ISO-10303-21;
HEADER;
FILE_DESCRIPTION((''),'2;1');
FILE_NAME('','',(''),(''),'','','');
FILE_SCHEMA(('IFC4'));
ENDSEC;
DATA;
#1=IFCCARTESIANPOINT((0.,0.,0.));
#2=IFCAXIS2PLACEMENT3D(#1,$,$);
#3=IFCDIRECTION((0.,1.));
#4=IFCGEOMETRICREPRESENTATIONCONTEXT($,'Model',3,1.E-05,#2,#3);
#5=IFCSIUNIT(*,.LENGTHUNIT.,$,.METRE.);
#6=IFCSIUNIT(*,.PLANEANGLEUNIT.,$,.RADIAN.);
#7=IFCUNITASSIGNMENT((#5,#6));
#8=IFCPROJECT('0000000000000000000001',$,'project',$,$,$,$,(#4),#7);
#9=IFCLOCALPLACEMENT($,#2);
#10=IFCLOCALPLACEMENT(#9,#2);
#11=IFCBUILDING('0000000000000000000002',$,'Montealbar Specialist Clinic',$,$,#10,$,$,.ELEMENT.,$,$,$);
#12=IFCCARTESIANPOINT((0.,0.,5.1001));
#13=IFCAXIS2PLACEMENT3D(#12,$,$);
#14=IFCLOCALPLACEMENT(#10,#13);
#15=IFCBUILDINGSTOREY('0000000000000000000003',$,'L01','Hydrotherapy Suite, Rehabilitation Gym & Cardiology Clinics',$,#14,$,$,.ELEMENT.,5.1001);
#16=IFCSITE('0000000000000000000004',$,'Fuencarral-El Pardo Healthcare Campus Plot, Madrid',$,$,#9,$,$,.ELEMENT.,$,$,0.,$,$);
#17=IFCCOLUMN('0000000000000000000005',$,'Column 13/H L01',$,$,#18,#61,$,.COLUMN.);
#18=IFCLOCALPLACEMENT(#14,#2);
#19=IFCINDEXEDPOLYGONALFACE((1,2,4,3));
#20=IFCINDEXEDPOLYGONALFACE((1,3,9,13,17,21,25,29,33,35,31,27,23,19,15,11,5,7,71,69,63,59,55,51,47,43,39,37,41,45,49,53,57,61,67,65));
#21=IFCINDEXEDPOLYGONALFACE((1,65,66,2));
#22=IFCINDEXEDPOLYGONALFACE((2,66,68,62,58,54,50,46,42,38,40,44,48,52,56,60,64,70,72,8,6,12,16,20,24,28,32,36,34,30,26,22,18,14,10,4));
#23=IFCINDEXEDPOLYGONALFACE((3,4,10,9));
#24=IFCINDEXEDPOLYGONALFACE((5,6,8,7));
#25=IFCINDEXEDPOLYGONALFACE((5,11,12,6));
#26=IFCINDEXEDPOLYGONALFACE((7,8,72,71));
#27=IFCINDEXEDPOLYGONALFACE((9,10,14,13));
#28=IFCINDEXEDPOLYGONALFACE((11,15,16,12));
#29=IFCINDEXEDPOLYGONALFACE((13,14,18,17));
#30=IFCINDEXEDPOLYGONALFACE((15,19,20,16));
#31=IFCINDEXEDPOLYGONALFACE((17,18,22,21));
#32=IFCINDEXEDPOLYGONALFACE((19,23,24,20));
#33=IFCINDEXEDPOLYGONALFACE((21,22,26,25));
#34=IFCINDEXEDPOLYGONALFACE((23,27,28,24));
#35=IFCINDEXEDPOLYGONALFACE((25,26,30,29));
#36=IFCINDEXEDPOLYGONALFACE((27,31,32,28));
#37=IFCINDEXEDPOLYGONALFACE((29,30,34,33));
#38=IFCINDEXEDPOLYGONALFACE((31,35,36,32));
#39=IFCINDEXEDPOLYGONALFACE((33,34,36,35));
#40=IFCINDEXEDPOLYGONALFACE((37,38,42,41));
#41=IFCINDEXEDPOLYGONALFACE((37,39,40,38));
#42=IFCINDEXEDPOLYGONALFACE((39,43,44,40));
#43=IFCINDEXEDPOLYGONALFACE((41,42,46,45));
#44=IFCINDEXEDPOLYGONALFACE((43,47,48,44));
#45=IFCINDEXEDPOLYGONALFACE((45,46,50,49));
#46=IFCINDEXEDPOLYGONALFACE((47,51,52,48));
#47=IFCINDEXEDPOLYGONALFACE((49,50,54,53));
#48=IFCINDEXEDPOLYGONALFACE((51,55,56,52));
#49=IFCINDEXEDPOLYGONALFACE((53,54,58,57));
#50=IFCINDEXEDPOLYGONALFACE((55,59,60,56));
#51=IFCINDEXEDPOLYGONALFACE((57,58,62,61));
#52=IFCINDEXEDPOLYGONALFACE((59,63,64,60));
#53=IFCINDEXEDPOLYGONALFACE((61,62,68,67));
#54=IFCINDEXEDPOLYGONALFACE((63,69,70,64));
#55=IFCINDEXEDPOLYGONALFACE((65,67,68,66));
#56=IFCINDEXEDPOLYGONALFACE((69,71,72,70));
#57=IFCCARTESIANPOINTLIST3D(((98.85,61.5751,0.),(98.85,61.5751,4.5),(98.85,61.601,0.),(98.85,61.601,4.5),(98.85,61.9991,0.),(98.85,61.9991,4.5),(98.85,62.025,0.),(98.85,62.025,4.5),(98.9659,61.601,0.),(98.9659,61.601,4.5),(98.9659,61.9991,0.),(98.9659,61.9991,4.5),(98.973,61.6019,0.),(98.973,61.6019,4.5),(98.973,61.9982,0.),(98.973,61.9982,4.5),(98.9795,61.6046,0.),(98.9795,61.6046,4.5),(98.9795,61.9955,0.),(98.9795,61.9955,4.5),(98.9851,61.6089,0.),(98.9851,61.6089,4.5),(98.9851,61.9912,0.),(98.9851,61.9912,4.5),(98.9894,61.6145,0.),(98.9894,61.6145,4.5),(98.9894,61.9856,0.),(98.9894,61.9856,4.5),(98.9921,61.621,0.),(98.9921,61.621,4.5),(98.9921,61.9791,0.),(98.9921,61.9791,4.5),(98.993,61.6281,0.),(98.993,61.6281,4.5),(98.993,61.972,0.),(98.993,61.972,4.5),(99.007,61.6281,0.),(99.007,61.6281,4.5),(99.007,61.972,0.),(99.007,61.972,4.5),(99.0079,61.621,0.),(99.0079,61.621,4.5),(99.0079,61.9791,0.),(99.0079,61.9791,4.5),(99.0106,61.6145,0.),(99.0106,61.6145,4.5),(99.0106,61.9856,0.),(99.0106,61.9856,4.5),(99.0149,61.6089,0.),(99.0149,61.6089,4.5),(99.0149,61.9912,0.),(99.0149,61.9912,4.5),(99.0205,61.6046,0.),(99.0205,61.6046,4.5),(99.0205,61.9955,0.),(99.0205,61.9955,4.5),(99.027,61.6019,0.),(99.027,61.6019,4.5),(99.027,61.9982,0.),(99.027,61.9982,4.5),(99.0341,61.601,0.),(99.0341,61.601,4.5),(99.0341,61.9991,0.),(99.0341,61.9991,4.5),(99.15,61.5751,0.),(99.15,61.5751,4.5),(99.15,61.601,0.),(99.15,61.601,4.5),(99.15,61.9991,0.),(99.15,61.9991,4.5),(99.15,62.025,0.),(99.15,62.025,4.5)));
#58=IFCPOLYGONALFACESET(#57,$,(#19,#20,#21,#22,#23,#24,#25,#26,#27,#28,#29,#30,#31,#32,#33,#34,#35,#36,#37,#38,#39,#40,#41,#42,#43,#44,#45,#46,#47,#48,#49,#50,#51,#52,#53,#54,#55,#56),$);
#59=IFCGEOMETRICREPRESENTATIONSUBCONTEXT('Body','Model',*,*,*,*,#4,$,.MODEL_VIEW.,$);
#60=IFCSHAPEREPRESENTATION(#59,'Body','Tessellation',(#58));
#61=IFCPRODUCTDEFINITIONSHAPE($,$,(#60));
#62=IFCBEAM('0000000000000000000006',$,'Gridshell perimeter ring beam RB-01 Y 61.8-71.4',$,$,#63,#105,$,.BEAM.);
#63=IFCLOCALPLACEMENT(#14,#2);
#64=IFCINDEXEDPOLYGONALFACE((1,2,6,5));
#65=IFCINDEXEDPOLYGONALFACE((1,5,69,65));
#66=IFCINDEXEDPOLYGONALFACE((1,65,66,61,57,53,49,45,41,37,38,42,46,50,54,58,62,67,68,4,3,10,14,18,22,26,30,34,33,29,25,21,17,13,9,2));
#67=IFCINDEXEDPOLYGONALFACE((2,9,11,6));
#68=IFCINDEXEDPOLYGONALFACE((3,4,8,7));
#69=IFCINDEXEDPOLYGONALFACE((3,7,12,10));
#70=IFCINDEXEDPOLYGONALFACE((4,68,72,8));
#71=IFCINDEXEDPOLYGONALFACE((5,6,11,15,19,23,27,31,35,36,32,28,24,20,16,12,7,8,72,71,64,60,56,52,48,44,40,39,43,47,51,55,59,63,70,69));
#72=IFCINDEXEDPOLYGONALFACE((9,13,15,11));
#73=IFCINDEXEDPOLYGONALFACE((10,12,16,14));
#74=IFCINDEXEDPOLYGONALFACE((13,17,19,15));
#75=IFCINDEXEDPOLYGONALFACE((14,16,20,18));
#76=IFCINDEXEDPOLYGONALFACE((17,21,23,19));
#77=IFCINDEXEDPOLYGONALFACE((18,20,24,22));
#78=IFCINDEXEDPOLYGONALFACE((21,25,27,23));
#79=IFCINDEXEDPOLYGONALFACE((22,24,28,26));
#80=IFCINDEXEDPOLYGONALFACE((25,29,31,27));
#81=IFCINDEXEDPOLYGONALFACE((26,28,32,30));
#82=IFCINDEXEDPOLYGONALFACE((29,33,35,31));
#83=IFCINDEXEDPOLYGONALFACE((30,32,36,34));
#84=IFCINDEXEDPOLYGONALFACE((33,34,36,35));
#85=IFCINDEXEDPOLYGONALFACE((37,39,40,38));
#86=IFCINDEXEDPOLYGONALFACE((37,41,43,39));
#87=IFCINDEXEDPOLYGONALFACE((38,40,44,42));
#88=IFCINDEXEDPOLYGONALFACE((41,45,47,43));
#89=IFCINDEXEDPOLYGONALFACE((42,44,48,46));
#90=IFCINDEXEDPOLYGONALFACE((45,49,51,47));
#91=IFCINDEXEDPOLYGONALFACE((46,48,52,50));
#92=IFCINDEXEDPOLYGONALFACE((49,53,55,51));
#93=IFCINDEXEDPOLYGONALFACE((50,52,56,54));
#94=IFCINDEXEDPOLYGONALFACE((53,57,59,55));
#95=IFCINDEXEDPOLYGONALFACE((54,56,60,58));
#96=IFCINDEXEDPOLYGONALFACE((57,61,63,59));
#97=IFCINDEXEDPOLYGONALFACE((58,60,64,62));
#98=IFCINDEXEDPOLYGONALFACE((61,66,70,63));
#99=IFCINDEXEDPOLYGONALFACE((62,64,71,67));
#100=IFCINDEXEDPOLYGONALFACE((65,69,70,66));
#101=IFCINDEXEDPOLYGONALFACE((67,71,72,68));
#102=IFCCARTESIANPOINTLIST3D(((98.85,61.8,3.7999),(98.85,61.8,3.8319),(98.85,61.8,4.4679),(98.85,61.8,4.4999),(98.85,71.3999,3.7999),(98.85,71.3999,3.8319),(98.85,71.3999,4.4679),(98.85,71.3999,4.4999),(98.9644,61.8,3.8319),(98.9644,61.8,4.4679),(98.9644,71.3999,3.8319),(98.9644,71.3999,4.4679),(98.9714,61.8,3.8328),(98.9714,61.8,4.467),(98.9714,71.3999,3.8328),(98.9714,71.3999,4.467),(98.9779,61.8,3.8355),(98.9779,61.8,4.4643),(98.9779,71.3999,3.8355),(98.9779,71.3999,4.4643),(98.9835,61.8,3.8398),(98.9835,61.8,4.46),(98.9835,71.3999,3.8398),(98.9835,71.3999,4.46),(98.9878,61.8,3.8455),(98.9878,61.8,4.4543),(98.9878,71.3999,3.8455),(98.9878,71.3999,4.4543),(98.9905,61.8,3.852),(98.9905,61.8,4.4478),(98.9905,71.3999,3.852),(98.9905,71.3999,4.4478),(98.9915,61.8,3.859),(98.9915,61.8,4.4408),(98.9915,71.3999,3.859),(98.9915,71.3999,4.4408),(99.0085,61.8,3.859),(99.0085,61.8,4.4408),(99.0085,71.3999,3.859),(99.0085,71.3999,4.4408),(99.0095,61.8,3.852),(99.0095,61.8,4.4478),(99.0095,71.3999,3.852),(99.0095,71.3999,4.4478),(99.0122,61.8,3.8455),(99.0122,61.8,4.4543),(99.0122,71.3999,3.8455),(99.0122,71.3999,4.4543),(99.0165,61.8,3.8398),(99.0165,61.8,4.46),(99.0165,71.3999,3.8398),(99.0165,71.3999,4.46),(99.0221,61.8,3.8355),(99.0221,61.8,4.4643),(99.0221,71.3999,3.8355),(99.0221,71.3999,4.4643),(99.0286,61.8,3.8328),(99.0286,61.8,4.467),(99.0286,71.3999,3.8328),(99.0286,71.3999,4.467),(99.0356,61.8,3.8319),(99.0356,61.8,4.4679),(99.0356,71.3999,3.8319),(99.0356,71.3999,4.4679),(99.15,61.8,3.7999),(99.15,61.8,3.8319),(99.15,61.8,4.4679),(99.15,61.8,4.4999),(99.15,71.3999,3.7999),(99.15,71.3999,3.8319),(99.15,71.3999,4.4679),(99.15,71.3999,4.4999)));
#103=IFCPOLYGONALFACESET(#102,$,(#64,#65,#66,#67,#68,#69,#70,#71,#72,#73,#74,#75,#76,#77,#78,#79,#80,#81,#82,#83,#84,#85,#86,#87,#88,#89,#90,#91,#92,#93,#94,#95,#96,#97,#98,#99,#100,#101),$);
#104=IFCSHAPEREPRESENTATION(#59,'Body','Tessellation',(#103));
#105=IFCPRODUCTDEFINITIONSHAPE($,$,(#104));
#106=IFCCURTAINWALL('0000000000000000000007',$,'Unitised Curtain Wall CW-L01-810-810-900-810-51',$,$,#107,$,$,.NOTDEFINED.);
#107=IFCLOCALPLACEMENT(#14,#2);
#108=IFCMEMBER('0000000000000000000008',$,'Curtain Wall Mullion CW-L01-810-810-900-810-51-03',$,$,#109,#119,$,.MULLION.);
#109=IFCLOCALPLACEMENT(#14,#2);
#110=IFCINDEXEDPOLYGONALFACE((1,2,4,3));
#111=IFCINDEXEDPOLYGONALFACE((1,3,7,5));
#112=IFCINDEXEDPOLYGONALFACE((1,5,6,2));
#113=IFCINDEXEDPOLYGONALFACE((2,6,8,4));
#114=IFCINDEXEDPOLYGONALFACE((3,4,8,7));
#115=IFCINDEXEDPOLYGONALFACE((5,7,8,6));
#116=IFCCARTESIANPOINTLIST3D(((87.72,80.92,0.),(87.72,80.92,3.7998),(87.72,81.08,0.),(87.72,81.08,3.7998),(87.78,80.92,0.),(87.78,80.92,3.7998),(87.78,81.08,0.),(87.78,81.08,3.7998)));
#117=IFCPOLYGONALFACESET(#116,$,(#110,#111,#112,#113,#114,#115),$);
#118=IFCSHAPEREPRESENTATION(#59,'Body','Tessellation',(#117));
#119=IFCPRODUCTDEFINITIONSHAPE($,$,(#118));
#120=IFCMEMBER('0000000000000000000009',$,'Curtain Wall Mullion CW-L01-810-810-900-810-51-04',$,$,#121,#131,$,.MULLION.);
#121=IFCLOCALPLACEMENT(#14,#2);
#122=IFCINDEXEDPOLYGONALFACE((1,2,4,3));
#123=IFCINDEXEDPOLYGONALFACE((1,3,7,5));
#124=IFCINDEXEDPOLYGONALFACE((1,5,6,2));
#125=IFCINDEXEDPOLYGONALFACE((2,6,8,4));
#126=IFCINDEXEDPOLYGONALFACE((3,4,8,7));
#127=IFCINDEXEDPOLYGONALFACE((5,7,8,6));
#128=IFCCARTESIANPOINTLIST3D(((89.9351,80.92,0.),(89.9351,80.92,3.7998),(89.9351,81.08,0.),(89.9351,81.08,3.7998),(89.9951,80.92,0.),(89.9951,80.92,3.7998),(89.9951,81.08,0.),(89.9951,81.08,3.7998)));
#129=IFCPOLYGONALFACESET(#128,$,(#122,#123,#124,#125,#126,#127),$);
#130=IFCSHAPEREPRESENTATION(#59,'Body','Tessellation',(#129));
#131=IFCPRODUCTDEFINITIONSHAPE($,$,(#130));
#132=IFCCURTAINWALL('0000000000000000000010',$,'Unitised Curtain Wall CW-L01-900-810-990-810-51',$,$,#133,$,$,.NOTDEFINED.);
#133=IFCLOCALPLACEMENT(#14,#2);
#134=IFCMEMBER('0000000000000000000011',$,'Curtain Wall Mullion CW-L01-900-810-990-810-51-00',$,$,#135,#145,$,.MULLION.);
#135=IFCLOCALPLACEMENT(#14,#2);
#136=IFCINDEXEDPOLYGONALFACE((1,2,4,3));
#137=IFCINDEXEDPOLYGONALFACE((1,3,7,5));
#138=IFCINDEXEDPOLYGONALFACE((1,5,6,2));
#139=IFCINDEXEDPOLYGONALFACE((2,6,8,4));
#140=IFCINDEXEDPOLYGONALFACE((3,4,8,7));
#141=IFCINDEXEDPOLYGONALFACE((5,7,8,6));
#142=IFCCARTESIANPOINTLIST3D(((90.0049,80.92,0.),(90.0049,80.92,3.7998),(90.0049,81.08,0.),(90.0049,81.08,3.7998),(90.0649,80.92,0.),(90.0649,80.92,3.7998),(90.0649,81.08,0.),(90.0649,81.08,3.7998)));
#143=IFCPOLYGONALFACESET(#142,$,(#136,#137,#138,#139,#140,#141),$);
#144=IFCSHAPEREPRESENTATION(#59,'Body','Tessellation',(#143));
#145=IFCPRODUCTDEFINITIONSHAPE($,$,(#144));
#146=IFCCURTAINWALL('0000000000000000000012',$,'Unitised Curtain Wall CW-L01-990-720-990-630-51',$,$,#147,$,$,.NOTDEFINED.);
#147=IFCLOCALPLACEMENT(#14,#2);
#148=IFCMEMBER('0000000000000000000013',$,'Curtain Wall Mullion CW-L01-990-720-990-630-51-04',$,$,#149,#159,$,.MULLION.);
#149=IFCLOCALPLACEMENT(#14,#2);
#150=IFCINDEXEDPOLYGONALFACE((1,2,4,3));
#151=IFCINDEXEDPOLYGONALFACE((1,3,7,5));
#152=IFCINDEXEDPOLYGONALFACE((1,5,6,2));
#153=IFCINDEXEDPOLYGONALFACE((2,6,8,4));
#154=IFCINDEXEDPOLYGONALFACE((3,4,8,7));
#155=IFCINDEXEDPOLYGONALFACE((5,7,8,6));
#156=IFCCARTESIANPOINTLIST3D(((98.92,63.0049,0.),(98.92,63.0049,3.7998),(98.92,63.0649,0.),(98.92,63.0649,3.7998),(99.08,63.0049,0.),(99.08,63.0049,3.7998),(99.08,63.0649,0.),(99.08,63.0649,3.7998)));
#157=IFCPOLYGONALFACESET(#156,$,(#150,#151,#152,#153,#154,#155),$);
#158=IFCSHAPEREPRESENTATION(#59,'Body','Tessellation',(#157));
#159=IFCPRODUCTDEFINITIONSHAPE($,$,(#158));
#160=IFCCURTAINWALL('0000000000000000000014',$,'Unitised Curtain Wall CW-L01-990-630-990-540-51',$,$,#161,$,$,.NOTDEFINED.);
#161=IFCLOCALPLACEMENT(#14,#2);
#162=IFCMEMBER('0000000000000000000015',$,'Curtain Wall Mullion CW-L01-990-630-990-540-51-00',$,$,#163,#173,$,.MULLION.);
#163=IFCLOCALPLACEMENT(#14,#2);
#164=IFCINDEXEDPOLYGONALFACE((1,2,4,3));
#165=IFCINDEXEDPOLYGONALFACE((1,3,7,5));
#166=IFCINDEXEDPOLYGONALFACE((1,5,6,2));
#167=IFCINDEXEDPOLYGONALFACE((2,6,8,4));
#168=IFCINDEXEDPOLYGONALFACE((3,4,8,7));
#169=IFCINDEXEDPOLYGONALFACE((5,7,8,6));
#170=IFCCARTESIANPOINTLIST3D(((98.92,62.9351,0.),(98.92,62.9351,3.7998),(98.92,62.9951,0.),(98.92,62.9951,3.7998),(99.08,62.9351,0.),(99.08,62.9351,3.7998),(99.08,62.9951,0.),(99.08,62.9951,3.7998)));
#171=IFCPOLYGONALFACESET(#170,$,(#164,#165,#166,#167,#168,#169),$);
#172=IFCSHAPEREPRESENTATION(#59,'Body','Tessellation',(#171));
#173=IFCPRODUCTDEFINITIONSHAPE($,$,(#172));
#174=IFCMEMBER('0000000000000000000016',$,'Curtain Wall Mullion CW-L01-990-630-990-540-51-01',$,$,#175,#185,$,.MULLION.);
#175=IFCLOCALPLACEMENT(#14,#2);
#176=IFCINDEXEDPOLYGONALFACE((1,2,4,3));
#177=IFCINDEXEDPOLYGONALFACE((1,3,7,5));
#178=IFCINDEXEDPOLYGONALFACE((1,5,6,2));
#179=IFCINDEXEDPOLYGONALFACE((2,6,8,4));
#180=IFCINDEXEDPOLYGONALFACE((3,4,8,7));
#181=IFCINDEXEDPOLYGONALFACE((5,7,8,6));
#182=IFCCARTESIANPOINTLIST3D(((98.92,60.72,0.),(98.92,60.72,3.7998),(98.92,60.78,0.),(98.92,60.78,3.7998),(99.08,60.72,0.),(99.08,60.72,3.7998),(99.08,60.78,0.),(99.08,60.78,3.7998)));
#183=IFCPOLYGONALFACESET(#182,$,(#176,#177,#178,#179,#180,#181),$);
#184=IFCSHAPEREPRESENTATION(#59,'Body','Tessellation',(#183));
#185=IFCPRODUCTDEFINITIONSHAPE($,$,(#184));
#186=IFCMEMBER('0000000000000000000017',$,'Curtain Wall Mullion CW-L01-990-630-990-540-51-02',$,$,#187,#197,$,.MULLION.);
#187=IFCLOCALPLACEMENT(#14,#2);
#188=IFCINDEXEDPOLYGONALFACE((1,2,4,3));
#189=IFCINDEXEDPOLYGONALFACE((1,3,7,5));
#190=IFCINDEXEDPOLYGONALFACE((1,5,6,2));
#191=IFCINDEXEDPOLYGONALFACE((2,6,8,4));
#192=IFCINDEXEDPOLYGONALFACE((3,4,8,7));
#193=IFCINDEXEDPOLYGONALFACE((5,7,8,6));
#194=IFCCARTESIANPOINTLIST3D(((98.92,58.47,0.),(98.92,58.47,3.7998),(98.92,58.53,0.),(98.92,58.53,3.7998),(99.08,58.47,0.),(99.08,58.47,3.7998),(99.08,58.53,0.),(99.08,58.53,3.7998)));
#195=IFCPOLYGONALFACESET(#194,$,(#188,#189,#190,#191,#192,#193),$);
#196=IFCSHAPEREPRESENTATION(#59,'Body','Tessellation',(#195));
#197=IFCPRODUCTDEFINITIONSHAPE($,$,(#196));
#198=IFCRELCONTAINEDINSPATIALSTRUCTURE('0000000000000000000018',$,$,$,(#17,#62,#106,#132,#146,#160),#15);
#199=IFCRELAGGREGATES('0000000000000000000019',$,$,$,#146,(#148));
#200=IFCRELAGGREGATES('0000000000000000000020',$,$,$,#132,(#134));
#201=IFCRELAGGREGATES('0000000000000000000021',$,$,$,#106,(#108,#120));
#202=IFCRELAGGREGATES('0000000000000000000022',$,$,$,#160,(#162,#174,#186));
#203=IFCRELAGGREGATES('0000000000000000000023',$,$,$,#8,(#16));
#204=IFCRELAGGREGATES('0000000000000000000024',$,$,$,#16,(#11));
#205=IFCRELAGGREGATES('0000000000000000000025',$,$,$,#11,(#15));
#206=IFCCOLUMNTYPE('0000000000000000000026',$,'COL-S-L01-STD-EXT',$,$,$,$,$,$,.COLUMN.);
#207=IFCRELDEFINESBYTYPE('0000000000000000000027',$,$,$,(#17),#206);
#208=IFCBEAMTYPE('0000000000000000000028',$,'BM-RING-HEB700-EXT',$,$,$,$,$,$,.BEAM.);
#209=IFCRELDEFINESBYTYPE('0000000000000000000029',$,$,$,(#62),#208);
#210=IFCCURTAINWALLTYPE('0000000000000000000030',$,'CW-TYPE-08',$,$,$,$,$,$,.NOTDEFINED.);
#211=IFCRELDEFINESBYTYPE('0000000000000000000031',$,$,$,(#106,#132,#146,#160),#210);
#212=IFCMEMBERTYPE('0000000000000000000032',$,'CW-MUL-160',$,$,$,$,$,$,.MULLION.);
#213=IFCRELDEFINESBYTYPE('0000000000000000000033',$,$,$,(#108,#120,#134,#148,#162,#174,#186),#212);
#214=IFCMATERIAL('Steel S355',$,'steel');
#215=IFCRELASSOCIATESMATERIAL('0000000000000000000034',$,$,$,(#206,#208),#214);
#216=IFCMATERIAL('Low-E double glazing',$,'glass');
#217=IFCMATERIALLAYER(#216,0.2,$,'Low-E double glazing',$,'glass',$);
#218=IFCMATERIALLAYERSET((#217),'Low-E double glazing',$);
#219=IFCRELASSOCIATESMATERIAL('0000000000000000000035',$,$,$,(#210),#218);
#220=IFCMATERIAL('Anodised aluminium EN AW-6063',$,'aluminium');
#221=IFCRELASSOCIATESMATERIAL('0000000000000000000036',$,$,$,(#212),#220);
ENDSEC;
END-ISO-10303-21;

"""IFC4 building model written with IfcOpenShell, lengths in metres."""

from ifc_helpers import new_model, si_unit, direction, frame, origin, origin_2d, place, context, subcontext, project, spatial, rectangle, i_section, extrude, material, layer, layer_set, material_profile, profile_set, type_object, element, aggregate, save


model = new_model("IFC4")

# Units and contexts
model_context = context("Model", 3, precision=1e-05, world=origin(), true_north=direction((0.0, 1.0)))
body_context = subcontext(model_context, "Body", "Model", "MODEL_VIEW")
ifc_project = project(units=[si_unit("LENGTHUNIT", "METRE"), si_unit("PLANEANGLEUNIT", "RADIAN")], contexts=[model_context])

# Site, building, storey
site_placement = place(None, origin())
site = spatial("IfcSite", under=ifc_project, at=site_placement, Name="Fuencarral-El Pardo Healthcare Campus Plot, Madrid", CompositionType="ELEMENT", RefElevation=0.0)
building_placement = place(site_placement, origin())
building = spatial("IfcBuilding", under=site, at=building_placement, Name="Montealbar Specialist Clinic", CompositionType="ELEMENT")
storey_placement = place(building_placement, frame((0.0, 0.0, 5.1001)))
storey = spatial("IfcBuildingStorey", under=building, at=storey_placement, Name="L01", Description="Hydrotherapy Suite, Rehabilitation Gym & Cardiology Clinics", CompositionType="ELEMENT", Elevation=5.1001)

# Column
ifc_material_1 = material(Name="Steel S355", Category="steel")
ifc_material_profile_1 = material_profile(ifc_material_1, i_section(OverallWidth=0.3, OverallDepth=0.45, WebThickness=0.0139, FlangeThickness=0.0259, FilletRadius=0.0271, at=origin_2d()), Name="HEB 450", Category="steel")
ifc_profile_set_1 = profile_set([ifc_material_profile_1], Name="Steel S355")
column_type = type_object("IfcColumnType", Name="COL-S-L01-STD-EXT", PredefinedType="COLUMN", material=ifc_profile_set_1)
column_placement = place(storey_placement, frame((99.0, 61.8, 0.0), z_axis=(0.0, 0.0, 1.0), x_axis=(1.0, 0.0, 0.0)))
element("IfcColumn", 1, at=column_placement, inside=storey, type_object=column_type, Name="Column 13/H L01", PredefinedType="COLUMN", context=body_context, shape_type="SweptSolid", body=[
    extrude(i_section(OverallWidth=0.3, OverallDepth=0.45, WebThickness=0.0139, FlangeThickness=0.0259, FilletRadius=0.0271, at=origin_2d()), origin(), (0.0, 0.0, 1.0), 4.5),
])

# Beam
ifc_material_profile_2 = material_profile(ifc_material_1, i_section(OverallWidth=0.3, OverallDepth=0.7, WebThickness=0.0171, FlangeThickness=0.032, FilletRadius=0.0271, at=origin_2d()), Name="HEB 700", Category="steel")
ifc_profile_set_2 = profile_set([ifc_material_profile_2], Name="Steel S355")
beam_type = type_object("IfcBeamType", Name="BM-RING-HEB700-EXT", PredefinedType="BEAM", material=ifc_profile_set_2)
beam_placement = place(storey_placement, frame((99.0, 61.8, 4.1499), z_axis=(0.0, 1.0, 0.0), x_axis=(-1.0, 0.0, 0.0)))
element("IfcBeam", 2, at=beam_placement, inside=storey, type_object=beam_type, Name="Gridshell perimeter ring beam RB-01 Y 61.8-71.4", PredefinedType="BEAM", context=body_context, shape_type="SweptSolid", body=[
    extrude(i_section(OverallWidth=0.3, OverallDepth=0.7, WebThickness=0.0171, FlangeThickness=0.032, FilletRadius=0.0271, at=origin_2d()), origin(), (0.0, 0.0, 1.0), 9.5999),
])

# Curtain wall, members
ifc_material_2 = material(Name="Low-E double glazing", Category="glass")
ifc_layer_1 = layer(ifc_material_2, 0.2, Name="Low-E double glazing", Category="glass")
ifc_layer_set_1 = layer_set([ifc_layer_1], Name="Low-E double glazing")
curtain_wall_type = type_object("IfcCurtainWallType", Name="CW-TYPE-08", PredefinedType="NOTDEFINED", material=ifc_layer_set_1)
curtain_wall_1_placement = place(storey_placement, origin())
curtain_wall_1 = element("IfcCurtainWall", 3, at=curtain_wall_1_placement, inside=storey, type_object=curtain_wall_type, Name="Unitised Curtain Wall CW-L01-810-810-900-810-51", PredefinedType="NOTDEFINED")
ifc_material_3 = material(Name="Anodised aluminium EN AW-6063", Category="aluminium")
ifc_material_profile_3 = material_profile(ifc_material_3, rectangle(XDim=0.0601, YDim=0.1599, at=origin_2d()), Name="ALU 60x160", Category="aluminium")
ifc_profile_set_3 = profile_set([ifc_material_profile_3], Name="Anodised aluminium EN AW-6063")
member_type_1 = type_object("IfcMemberType", Name="CW-MUL-160", PredefinedType="MULLION", material=ifc_profile_set_3)
member_1_placement = place(storey_placement, frame((87.75, 81.0, 0.0), z_axis=(0.0, 0.0, 1.0), x_axis=(1.0, 0.0, 0.0)))
member_1 = element("IfcMember", 4, at=member_1_placement, type_object=member_type_1, Name="Curtain Wall Mullion CW-L01-810-810-900-810-51-03", PredefinedType="MULLION", context=body_context, shape_type="SweptSolid", body=[
    extrude(rectangle(XDim=0.0601, YDim=0.1599, at=origin_2d()), origin(), (0.0, 0.0, 1.0), 3.7998),
])
member_2_placement = place(storey_placement, frame((89.9651, 81.0, 0.0), z_axis=(0.0, 0.0, 1.0), x_axis=(1.0, 0.0, 0.0)))
member_2 = element("IfcMember", 5, at=member_2_placement, type_object=member_type_1, Name="Curtain Wall Mullion CW-L01-810-810-900-810-51-04", PredefinedType="MULLION", context=body_context, shape_type="SweptSolid", body=[
    extrude(rectangle(XDim=0.0601, YDim=0.1599, at=origin_2d()), origin(), (0.0, 0.0, 1.0), 3.7998),
])

# Curtain walls, members
curtain_wall_2_placement = place(storey_placement, origin())
curtain_wall_2 = element("IfcCurtainWall", 6, at=curtain_wall_2_placement, inside=storey, type_object=curtain_wall_type, Name="Unitised Curtain Wall CW-L01-900-810-990-810-51", PredefinedType="NOTDEFINED")
member_3_placement = place(storey_placement, frame((90.0349, 81.0, 0.0), z_axis=(0.0, 0.0, 1.0), x_axis=(1.0, 0.0, 0.0)))
member_3 = element("IfcMember", 7, at=member_3_placement, type_object=member_type_1, Name="Curtain Wall Mullion CW-L01-900-810-990-810-51-00", PredefinedType="MULLION", context=body_context, shape_type="SweptSolid", body=[
    extrude(rectangle(XDim=0.0601, YDim=0.1599, at=origin_2d()), origin(), (0.0, 0.0, 1.0), 3.7998),
])
curtain_wall_3_placement = place(storey_placement, origin())
curtain_wall_3 = element("IfcCurtainWall", 8, at=curtain_wall_3_placement, inside=storey, type_object=curtain_wall_type, Name="Unitised Curtain Wall CW-L01-990-720-990-630-51", PredefinedType="NOTDEFINED")
member_4_placement = place(storey_placement, frame((99.0, 63.0349, 0.0), z_axis=(0.0, 0.0, 1.0), x_axis=(0.0, -1.0, 0.0)))
member_4 = element("IfcMember", 9, at=member_4_placement, type_object=member_type_1, Name="Curtain Wall Mullion CW-L01-990-720-990-630-51-04", PredefinedType="MULLION", context=body_context, shape_type="SweptSolid", body=[
    extrude(rectangle(XDim=0.0601, YDim=0.1599, at=origin_2d()), origin(), (0.0, 0.0, 1.0), 3.7998),
])
aggregate(curtain_wall_3, [member_4])

# Curtain wall, members
curtain_wall_4_placement = place(storey_placement, origin())
curtain_wall_4 = element("IfcCurtainWall", 10, at=curtain_wall_4_placement, inside=storey, type_object=curtain_wall_type, Name="Unitised Curtain Wall CW-L01-990-630-990-540-51", PredefinedType="NOTDEFINED")
member_5_placement = place(storey_placement, frame((99.0, 62.9651, 0.0), z_axis=(0.0, 0.0, 1.0), x_axis=(0.0, -1.0, 0.0)))
member_5 = element("IfcMember", 11, at=member_5_placement, type_object=member_type_1, Name="Curtain Wall Mullion CW-L01-990-630-990-540-51-00", PredefinedType="MULLION", context=body_context, shape_type="SweptSolid", body=[
    extrude(rectangle(XDim=0.0601, YDim=0.1599, at=origin_2d()), origin(), (0.0, 0.0, 1.0), 3.7998),
])
member_6_placement = place(storey_placement, frame((99.0, 60.75, 0.0), z_axis=(0.0, 0.0, 1.0), x_axis=(0.0, -1.0, 0.0)))
member_6 = element("IfcMember", 12, at=member_6_placement, type_object=member_type_1, Name="Curtain Wall Mullion CW-L01-990-630-990-540-51-01", PredefinedType="MULLION", context=body_context, shape_type="SweptSolid", body=[
    extrude(rectangle(XDim=0.0601, YDim=0.1599, at=origin_2d()), origin(), (0.0, 0.0, 1.0), 3.7998),
])
member_7_placement = place(storey_placement, frame((99.0, 58.5, 0.0), z_axis=(0.0, 0.0, 1.0), x_axis=(0.0, -1.0, 0.0)))
member_7 = element("IfcMember", 13, at=member_7_placement, type_object=member_type_1, Name="Curtain Wall Mullion CW-L01-990-630-990-540-51-02", PredefinedType="MULLION", context=body_context, shape_type="SweptSolid", body=[
    extrude(rectangle(XDim=0.0601, YDim=0.1599, at=origin_2d()), origin(), (0.0, 0.0, 1.0), 3.7998),
])

aggregate(curtain_wall_2, [member_3])

aggregate(curtain_wall_1, [member_1, member_2])
aggregate(curtain_wall_4, [member_5, member_6, member_7])

save(model, "model.ifc")
